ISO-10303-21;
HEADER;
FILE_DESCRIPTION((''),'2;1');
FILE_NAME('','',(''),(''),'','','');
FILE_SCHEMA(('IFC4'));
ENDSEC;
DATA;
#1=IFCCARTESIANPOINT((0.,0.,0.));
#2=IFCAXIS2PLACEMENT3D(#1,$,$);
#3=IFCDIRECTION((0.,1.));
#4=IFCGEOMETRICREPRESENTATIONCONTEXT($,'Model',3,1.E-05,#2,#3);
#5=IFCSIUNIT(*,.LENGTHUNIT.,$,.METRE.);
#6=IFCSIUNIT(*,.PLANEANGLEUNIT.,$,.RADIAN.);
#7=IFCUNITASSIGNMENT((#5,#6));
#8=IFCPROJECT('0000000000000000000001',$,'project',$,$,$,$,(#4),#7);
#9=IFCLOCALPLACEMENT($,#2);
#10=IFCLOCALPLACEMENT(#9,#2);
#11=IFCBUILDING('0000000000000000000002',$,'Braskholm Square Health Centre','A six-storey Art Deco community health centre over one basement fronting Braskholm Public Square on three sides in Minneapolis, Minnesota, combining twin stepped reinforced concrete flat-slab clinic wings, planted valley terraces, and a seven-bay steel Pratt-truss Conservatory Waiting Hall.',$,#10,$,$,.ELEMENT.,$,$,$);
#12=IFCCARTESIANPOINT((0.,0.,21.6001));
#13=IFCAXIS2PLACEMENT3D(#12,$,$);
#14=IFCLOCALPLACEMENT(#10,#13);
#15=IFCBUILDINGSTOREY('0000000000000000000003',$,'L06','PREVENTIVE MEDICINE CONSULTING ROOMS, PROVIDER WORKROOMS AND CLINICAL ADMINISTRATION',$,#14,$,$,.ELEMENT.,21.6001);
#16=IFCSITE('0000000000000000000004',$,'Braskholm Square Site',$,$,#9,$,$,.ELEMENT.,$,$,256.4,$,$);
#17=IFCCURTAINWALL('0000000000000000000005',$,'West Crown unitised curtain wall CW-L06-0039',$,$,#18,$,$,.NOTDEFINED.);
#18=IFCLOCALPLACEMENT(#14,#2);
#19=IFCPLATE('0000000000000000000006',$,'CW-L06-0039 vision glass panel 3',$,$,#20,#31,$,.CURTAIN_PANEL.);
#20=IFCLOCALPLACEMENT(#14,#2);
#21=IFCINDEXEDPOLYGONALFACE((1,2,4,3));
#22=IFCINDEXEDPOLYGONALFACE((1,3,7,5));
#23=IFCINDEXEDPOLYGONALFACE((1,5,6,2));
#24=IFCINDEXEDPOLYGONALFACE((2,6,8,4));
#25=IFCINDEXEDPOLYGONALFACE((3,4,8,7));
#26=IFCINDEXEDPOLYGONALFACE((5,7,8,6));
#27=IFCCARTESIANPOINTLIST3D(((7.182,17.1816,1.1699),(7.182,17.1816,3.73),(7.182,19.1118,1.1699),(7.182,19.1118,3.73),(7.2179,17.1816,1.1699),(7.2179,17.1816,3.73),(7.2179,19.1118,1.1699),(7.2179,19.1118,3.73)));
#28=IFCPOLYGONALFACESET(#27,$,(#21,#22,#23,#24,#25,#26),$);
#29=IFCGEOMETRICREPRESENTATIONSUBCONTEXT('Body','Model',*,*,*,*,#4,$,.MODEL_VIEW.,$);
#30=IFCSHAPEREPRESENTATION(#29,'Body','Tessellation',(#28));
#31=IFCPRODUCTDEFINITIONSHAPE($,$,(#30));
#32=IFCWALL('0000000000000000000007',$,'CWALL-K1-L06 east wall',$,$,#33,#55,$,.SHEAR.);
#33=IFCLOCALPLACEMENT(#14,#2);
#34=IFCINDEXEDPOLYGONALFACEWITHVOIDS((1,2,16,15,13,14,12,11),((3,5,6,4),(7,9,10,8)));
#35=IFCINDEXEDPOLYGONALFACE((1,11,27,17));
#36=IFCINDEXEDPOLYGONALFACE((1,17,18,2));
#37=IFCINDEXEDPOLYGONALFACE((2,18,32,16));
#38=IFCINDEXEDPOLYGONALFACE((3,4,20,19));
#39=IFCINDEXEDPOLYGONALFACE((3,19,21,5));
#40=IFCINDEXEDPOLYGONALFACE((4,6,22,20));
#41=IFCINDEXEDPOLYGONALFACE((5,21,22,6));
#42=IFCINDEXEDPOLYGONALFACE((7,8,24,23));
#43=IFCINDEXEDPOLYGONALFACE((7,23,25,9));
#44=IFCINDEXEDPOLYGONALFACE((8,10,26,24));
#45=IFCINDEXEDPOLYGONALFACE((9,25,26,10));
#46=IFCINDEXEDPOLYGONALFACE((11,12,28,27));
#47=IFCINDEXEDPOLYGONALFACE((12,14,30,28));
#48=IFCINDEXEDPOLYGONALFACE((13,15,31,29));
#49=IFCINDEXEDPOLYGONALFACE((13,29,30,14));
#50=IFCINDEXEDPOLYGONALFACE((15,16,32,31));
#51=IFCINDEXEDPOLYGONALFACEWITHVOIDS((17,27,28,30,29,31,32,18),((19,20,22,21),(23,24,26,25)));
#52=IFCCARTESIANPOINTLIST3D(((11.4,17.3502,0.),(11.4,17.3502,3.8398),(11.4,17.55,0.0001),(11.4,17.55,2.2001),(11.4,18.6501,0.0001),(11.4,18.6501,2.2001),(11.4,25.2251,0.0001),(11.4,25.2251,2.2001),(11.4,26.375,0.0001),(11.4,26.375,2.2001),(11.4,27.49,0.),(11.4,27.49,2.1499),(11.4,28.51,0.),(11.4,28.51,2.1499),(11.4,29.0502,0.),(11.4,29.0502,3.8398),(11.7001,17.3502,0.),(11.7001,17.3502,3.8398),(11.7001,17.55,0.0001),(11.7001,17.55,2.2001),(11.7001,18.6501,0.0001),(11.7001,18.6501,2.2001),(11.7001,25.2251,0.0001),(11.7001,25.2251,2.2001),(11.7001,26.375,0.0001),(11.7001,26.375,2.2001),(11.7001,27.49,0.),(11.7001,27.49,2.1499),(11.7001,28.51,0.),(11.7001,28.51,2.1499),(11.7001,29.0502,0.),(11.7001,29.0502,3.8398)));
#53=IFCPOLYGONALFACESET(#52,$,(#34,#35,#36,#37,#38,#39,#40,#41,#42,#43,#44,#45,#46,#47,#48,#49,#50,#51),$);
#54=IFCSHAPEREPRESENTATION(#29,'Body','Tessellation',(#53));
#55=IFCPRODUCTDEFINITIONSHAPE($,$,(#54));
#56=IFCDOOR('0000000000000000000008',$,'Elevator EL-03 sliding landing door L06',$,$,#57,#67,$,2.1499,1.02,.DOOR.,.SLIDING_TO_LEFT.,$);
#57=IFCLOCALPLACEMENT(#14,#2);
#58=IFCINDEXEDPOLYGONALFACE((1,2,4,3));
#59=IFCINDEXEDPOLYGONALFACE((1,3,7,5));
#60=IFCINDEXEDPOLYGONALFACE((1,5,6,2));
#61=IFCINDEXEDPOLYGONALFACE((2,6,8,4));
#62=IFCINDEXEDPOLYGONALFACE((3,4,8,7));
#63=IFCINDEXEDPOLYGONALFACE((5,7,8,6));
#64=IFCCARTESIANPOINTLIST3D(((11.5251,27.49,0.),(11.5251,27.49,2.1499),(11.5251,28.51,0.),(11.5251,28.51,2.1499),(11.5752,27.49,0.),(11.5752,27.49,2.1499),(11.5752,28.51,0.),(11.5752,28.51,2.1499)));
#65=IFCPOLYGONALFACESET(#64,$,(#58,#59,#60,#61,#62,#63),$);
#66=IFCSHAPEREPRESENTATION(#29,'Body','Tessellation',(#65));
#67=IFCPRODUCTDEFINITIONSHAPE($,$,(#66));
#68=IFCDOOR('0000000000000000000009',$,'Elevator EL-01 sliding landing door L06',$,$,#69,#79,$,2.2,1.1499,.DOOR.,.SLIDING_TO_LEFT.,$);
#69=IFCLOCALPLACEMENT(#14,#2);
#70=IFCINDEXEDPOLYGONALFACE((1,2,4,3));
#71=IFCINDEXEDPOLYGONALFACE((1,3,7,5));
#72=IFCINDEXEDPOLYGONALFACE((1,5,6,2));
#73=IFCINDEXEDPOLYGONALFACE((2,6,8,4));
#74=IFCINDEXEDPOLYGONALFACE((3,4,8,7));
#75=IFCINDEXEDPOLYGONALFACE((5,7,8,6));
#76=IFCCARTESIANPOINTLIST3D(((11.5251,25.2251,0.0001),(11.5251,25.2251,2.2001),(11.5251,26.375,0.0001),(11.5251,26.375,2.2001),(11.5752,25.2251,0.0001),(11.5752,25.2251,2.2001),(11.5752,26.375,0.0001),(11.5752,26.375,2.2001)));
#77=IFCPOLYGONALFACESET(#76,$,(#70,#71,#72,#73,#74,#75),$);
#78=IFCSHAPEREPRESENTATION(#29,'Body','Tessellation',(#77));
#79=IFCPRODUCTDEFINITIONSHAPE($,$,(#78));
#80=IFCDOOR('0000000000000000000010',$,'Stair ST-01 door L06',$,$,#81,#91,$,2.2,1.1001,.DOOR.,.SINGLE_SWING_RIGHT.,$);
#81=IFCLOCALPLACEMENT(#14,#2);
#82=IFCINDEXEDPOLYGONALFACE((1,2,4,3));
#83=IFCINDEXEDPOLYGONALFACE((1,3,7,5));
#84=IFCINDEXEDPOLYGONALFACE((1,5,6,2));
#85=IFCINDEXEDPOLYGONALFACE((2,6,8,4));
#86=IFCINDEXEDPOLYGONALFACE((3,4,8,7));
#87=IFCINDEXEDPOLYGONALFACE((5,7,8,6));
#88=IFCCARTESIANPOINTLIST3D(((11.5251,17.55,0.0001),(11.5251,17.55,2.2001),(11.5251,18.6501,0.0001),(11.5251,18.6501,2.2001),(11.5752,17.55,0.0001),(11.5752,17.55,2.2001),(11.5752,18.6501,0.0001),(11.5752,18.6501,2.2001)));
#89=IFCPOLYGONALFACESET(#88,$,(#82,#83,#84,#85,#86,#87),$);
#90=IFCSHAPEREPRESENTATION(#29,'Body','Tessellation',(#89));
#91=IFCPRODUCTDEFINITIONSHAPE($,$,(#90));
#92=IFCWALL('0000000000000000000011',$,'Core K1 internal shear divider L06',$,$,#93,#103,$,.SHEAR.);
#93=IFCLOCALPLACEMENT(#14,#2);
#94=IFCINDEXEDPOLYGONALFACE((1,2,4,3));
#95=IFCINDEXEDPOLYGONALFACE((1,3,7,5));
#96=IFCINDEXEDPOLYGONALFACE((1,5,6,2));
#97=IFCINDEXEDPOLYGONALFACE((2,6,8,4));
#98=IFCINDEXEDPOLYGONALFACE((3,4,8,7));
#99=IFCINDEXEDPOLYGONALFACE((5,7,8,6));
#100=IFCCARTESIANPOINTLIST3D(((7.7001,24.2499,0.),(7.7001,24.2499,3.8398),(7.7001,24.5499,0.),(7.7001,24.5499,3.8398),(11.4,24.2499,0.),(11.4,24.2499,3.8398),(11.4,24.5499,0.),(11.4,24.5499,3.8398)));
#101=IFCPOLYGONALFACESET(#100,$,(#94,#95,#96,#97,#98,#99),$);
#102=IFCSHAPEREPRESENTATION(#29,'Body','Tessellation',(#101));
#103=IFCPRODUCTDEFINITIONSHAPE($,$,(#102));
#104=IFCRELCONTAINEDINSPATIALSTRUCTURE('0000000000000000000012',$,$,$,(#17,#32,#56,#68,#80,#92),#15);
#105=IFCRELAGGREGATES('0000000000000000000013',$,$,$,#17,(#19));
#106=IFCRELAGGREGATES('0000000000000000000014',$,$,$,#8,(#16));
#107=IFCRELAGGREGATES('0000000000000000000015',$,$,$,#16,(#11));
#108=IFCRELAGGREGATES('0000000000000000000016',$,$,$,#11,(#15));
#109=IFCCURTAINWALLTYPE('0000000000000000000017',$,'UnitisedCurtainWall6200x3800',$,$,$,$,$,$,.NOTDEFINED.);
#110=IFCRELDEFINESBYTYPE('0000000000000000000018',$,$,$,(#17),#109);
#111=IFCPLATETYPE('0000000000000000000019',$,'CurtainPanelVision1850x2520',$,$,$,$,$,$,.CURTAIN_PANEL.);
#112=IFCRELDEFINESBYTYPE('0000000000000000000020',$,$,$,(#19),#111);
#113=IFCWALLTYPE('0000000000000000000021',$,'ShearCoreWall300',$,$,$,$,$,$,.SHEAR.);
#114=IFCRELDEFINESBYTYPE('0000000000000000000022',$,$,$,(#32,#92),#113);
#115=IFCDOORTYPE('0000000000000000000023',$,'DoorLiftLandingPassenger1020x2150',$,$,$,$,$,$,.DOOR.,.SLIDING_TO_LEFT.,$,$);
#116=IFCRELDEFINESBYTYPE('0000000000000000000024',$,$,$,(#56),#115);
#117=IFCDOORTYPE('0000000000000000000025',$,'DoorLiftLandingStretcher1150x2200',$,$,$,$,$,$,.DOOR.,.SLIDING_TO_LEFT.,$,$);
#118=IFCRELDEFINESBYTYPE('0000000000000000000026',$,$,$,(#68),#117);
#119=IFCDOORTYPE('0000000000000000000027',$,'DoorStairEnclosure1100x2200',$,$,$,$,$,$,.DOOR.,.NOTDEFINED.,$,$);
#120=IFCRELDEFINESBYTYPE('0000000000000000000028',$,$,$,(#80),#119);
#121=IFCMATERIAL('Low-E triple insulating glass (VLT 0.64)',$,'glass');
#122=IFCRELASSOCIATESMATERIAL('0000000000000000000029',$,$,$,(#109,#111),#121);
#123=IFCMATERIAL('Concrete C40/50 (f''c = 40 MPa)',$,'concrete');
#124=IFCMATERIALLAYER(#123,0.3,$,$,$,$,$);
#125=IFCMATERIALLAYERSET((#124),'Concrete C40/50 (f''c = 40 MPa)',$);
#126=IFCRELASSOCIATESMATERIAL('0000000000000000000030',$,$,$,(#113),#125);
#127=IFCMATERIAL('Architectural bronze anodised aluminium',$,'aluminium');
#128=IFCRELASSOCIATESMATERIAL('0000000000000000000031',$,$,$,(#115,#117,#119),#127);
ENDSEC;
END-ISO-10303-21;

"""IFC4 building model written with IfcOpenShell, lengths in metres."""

from ifc_helpers import new_model, si_unit, direction, frame, frame_2d, origin, origin_with_axes, origin_2d, place, context, subcontext, project, spatial, rectangle, extrude, material, layer, layer_set, type_object, element, fill, aggregate, save


model = new_model("IFC4")

# Units and contexts
model_context = context("Model", 3, precision=1e-05, world=origin(), true_north=direction((0.0, 1.0)))
body_context = subcontext(model_context, "Body", "Model", "MODEL_VIEW")
ifc_project = project(units=[si_unit("LENGTHUNIT", "METRE"), si_unit("PLANEANGLEUNIT", "RADIAN")], contexts=[model_context])

# Site, building, storey
site_placement = place(None, origin())
site = spatial("IfcSite", under=ifc_project, at=site_placement, Name="Braskholm Square Site", CompositionType="ELEMENT", RefElevation=256.4)
building_placement = place(site_placement, origin())
building = spatial("IfcBuilding", under=site, at=building_placement, Name="Braskholm Square Health Centre", Description="A six-storey Art Deco community health centre over one basement fronting Braskholm Public Square on three sides in Minneapolis, Minnesota, combining twin stepped reinforced concrete flat-slab clinic wings, planted valley terraces, and a seven-bay steel Pratt-truss Conservatory Waiting Hall.", CompositionType="ELEMENT")
storey_placement = place(building_placement, frame((0.0, 0.0, 21.6001)))
storey = spatial("IfcBuildingStorey", under=building, at=storey_placement, Name="L06", Description="PREVENTIVE MEDICINE CONSULTING ROOMS, PROVIDER WORKROOMS AND CLINICAL ADMINISTRATION", CompositionType="ELEMENT", Elevation=21.6001)

# Curtain wall
ifc_material_1 = material(Name="Low-E triple insulating glass (VLT 0.64)", Category="glass")
curtain_wall_type = type_object("IfcCurtainWallType", Name="UnitisedCurtainWall6200x3800", PredefinedType="NOTDEFINED", material=ifc_material_1)
curtain_wall_placement = place(storey_placement, origin())
curtain_wall = element("IfcCurtainWall", 1, at=curtain_wall_placement, inside=storey, type_object=curtain_wall_type, Name="West Crown unitised curtain wall CW-L06-0039", PredefinedType="NOTDEFINED")
ifc_material_2 = material(Name="Architectural bronze anodised aluminium", Category="aluminium")

# Plate
plate_type_1 = type_object("IfcPlateType", Name="CurtainPanelVision1850x2520", PredefinedType="CURTAIN_PANEL", material=ifc_material_1)
plate_1_placement = place(storey_placement, frame((7.2, 18.1467, 1.1699), z_axis=(0.0, 0.0, 1.0), x_axis=(0.0, -1.0, 0.0)))
plate_1 = element("IfcPlate", 2, at=plate_1_placement, type_object=plate_type_1, Name="CW-L06-0039 vision glass panel 3", PredefinedType="CURTAIN_PANEL", context=body_context, shape_type="SweptSolid", body=[
    extrude(rectangle(XDim=1.9302, YDim=0.0359, at=origin_2d()), origin(), (0.0, 0.0, 1.0), 2.5601),
])
aggregate(curtain_wall, [plate_1])

# Wall, openings, doors
ifc_material_3 = material(Name="Concrete C40/50 (f'c = 40 MPa)", Category="concrete")
ifc_layer_1 = layer(ifc_material_3, 0.3)
ifc_layer_set_1 = layer_set([ifc_layer_1], Name="Concrete C40/50 (f'c = 40 MPa)")
wall_type = type_object("IfcWallType", Name="ShearCoreWall300", PredefinedType="SHEAR", material=ifc_layer_set_1)
wall_1_placement = place(storey_placement, frame((11.55, 17.3501, 0.0), z_axis=(0.0, 0.0, 1.0), x_axis=(0.0, 1.0, 0.0)))
wall_1 = element("IfcWall", 3, at=wall_1_placement, inside=storey, type_object=wall_type, Name="CWALL-K1-L06 east wall", PredefinedType="SHEAR", context=body_context, shape_type="SweptSolid", body=[
    extrude(rectangle(XDim=11.7, YDim=0.3, at=frame_2d((5.8501, 0.0))), origin(), (0.0, 0.0, 1.0), 3.8398),
])
opening_1_placement = place(wall_1_placement, frame((0.2, 0.0, 0.0)))
opening_1 = element("IfcOpeningElement", 4, at=opening_1_placement, cuts=wall_1, PredefinedType="OPENING", context=body_context, shape_type="SweptSolid", body=[
    extrude(rectangle(XDim=1.1001, YDim=2.2, at=frame_2d((0.55, 1.1001))), frame((0.0, 0.1602, 0.0), z_axis=(0.0, -1.0, 0.0), x_axis=(1.0, 0.0, 0.0)), (0.0, 0.0, 1.0), 0.3201),
])
opening_2_placement = place(wall_1_placement, frame((7.875, 0.0, 0.0)))
opening_2 = element("IfcOpeningElement", 5, at=opening_2_placement, cuts=wall_1, PredefinedType="OPENING", context=body_context, shape_type="SweptSolid", body=[
    extrude(rectangle(XDim=1.1499, YDim=2.2, at=frame_2d((0.575, 1.1001))), frame((0.0, 0.1602, 0.0), z_axis=(0.0, -1.0, 0.0), x_axis=(1.0, 0.0, 0.0)), (0.0, 0.0, 1.0), 0.3201),
])
opening_3_placement = place(wall_1_placement, frame((10.1399, 0.0, 0.0)))
opening_3 = element("IfcOpeningElement", 6, at=opening_3_placement, cuts=wall_1, PredefinedType="OPENING", context=body_context, shape_type="SweptSolid", body=[
    extrude(rectangle(XDim=1.02, YDim=2.1499, at=frame_2d((0.51, 1.075))), frame((0.0, 0.1602, 0.0), z_axis=(0.0, -1.0, 0.0), x_axis=(1.0, 0.0, 0.0)), (0.0, 0.0, 1.0), 0.3201),
])
door_type_1 = type_object("IfcDoorType", Name="DoorLiftLandingPassenger1020x2150", OperationType="SLIDING_TO_LEFT", PredefinedType="DOOR", material=ifc_material_2)
door_1_placement = place(opening_3_placement, origin_with_axes())
door_1 = element("IfcDoor", 7, at=door_1_placement, inside=storey, type_object=door_type_1, Name="Elevator EL-03 sliding landing door L06", OperationType="SLIDING_TO_LEFT", OverallHeight=2.1499, OverallWidth=1.02, PredefinedType="DOOR", context=body_context, shape_type="SweptSolid", body=[
    extrude(rectangle(XDim=1.02, YDim=2.1499, at=frame_2d((0.51, 1.075))), frame((0.0, 0.0249, 0.0), z_axis=(0.0, -1.0, 0.0), x_axis=(1.0, 0.0, 0.0)), (0.0, 0.0, 1.0), 0.05),
])
fill(opening_3, door_1)
door_type_2 = type_object("IfcDoorType", Name="DoorLiftLandingStretcher1150x2200", OperationType="SLIDING_TO_LEFT", PredefinedType="DOOR", material=ifc_material_2)
door_2_placement = place(opening_2_placement, origin_with_axes())
door_2 = element("IfcDoor", 8, at=door_2_placement, inside=storey, type_object=door_type_2, Name="Elevator EL-01 sliding landing door L06", OperationType="SLIDING_TO_LEFT", OverallHeight=2.2, OverallWidth=1.1499, PredefinedType="DOOR", context=body_context, shape_type="SweptSolid", body=[
    extrude(rectangle(XDim=1.1499, YDim=2.2, at=frame_2d((0.575, 1.1001))), frame((0.0, 0.0249, 0.0), z_axis=(0.0, -1.0, 0.0), x_axis=(1.0, 0.0, 0.0)), (0.0, 0.0, 1.0), 0.05),
])
fill(opening_2, door_2)
door_type_3 = type_object("IfcDoorType", Name="DoorStairEnclosure1100x2200", OperationType="NOTDEFINED", PredefinedType="DOOR", material=ifc_material_2)
door_3_placement = place(opening_1_placement, origin_with_axes())
door_3 = element("IfcDoor", 9, at=door_3_placement, inside=storey, type_object=door_type_3, Name="Stair ST-01 door L06", OperationType="SINGLE_SWING_RIGHT", OverallHeight=2.2, OverallWidth=1.1001, PredefinedType="DOOR", context=body_context, shape_type="SweptSolid", body=[
    extrude(rectangle(XDim=1.1001, YDim=2.2, at=frame_2d((0.55, 1.1001))), frame((0.0, 0.0249, 0.0), z_axis=(0.0, -1.0, 0.0), x_axis=(1.0, 0.0, 0.0)), (0.0, 0.0, 1.0), 0.05),
])
fill(opening_1, door_3)

# Wall
wall_2_placement = place(storey_placement, frame((7.7, 24.3999, 0.0), z_axis=(0.0, 0.0, 1.0), x_axis=(1.0, 0.0, 0.0)))
element("IfcWall", 10, at=wall_2_placement, inside=storey, type_object=wall_type, Name="Core K1 internal shear divider L06", PredefinedType="SHEAR", context=body_context, shape_type="SweptSolid", body=[
    extrude(rectangle(XDim=3.7, YDim=0.3, at=frame_2d((1.8501, 0.0))), origin(), (0.0, 0.0, 1.0), 3.8398),
])

save(model, "model.ifc")
